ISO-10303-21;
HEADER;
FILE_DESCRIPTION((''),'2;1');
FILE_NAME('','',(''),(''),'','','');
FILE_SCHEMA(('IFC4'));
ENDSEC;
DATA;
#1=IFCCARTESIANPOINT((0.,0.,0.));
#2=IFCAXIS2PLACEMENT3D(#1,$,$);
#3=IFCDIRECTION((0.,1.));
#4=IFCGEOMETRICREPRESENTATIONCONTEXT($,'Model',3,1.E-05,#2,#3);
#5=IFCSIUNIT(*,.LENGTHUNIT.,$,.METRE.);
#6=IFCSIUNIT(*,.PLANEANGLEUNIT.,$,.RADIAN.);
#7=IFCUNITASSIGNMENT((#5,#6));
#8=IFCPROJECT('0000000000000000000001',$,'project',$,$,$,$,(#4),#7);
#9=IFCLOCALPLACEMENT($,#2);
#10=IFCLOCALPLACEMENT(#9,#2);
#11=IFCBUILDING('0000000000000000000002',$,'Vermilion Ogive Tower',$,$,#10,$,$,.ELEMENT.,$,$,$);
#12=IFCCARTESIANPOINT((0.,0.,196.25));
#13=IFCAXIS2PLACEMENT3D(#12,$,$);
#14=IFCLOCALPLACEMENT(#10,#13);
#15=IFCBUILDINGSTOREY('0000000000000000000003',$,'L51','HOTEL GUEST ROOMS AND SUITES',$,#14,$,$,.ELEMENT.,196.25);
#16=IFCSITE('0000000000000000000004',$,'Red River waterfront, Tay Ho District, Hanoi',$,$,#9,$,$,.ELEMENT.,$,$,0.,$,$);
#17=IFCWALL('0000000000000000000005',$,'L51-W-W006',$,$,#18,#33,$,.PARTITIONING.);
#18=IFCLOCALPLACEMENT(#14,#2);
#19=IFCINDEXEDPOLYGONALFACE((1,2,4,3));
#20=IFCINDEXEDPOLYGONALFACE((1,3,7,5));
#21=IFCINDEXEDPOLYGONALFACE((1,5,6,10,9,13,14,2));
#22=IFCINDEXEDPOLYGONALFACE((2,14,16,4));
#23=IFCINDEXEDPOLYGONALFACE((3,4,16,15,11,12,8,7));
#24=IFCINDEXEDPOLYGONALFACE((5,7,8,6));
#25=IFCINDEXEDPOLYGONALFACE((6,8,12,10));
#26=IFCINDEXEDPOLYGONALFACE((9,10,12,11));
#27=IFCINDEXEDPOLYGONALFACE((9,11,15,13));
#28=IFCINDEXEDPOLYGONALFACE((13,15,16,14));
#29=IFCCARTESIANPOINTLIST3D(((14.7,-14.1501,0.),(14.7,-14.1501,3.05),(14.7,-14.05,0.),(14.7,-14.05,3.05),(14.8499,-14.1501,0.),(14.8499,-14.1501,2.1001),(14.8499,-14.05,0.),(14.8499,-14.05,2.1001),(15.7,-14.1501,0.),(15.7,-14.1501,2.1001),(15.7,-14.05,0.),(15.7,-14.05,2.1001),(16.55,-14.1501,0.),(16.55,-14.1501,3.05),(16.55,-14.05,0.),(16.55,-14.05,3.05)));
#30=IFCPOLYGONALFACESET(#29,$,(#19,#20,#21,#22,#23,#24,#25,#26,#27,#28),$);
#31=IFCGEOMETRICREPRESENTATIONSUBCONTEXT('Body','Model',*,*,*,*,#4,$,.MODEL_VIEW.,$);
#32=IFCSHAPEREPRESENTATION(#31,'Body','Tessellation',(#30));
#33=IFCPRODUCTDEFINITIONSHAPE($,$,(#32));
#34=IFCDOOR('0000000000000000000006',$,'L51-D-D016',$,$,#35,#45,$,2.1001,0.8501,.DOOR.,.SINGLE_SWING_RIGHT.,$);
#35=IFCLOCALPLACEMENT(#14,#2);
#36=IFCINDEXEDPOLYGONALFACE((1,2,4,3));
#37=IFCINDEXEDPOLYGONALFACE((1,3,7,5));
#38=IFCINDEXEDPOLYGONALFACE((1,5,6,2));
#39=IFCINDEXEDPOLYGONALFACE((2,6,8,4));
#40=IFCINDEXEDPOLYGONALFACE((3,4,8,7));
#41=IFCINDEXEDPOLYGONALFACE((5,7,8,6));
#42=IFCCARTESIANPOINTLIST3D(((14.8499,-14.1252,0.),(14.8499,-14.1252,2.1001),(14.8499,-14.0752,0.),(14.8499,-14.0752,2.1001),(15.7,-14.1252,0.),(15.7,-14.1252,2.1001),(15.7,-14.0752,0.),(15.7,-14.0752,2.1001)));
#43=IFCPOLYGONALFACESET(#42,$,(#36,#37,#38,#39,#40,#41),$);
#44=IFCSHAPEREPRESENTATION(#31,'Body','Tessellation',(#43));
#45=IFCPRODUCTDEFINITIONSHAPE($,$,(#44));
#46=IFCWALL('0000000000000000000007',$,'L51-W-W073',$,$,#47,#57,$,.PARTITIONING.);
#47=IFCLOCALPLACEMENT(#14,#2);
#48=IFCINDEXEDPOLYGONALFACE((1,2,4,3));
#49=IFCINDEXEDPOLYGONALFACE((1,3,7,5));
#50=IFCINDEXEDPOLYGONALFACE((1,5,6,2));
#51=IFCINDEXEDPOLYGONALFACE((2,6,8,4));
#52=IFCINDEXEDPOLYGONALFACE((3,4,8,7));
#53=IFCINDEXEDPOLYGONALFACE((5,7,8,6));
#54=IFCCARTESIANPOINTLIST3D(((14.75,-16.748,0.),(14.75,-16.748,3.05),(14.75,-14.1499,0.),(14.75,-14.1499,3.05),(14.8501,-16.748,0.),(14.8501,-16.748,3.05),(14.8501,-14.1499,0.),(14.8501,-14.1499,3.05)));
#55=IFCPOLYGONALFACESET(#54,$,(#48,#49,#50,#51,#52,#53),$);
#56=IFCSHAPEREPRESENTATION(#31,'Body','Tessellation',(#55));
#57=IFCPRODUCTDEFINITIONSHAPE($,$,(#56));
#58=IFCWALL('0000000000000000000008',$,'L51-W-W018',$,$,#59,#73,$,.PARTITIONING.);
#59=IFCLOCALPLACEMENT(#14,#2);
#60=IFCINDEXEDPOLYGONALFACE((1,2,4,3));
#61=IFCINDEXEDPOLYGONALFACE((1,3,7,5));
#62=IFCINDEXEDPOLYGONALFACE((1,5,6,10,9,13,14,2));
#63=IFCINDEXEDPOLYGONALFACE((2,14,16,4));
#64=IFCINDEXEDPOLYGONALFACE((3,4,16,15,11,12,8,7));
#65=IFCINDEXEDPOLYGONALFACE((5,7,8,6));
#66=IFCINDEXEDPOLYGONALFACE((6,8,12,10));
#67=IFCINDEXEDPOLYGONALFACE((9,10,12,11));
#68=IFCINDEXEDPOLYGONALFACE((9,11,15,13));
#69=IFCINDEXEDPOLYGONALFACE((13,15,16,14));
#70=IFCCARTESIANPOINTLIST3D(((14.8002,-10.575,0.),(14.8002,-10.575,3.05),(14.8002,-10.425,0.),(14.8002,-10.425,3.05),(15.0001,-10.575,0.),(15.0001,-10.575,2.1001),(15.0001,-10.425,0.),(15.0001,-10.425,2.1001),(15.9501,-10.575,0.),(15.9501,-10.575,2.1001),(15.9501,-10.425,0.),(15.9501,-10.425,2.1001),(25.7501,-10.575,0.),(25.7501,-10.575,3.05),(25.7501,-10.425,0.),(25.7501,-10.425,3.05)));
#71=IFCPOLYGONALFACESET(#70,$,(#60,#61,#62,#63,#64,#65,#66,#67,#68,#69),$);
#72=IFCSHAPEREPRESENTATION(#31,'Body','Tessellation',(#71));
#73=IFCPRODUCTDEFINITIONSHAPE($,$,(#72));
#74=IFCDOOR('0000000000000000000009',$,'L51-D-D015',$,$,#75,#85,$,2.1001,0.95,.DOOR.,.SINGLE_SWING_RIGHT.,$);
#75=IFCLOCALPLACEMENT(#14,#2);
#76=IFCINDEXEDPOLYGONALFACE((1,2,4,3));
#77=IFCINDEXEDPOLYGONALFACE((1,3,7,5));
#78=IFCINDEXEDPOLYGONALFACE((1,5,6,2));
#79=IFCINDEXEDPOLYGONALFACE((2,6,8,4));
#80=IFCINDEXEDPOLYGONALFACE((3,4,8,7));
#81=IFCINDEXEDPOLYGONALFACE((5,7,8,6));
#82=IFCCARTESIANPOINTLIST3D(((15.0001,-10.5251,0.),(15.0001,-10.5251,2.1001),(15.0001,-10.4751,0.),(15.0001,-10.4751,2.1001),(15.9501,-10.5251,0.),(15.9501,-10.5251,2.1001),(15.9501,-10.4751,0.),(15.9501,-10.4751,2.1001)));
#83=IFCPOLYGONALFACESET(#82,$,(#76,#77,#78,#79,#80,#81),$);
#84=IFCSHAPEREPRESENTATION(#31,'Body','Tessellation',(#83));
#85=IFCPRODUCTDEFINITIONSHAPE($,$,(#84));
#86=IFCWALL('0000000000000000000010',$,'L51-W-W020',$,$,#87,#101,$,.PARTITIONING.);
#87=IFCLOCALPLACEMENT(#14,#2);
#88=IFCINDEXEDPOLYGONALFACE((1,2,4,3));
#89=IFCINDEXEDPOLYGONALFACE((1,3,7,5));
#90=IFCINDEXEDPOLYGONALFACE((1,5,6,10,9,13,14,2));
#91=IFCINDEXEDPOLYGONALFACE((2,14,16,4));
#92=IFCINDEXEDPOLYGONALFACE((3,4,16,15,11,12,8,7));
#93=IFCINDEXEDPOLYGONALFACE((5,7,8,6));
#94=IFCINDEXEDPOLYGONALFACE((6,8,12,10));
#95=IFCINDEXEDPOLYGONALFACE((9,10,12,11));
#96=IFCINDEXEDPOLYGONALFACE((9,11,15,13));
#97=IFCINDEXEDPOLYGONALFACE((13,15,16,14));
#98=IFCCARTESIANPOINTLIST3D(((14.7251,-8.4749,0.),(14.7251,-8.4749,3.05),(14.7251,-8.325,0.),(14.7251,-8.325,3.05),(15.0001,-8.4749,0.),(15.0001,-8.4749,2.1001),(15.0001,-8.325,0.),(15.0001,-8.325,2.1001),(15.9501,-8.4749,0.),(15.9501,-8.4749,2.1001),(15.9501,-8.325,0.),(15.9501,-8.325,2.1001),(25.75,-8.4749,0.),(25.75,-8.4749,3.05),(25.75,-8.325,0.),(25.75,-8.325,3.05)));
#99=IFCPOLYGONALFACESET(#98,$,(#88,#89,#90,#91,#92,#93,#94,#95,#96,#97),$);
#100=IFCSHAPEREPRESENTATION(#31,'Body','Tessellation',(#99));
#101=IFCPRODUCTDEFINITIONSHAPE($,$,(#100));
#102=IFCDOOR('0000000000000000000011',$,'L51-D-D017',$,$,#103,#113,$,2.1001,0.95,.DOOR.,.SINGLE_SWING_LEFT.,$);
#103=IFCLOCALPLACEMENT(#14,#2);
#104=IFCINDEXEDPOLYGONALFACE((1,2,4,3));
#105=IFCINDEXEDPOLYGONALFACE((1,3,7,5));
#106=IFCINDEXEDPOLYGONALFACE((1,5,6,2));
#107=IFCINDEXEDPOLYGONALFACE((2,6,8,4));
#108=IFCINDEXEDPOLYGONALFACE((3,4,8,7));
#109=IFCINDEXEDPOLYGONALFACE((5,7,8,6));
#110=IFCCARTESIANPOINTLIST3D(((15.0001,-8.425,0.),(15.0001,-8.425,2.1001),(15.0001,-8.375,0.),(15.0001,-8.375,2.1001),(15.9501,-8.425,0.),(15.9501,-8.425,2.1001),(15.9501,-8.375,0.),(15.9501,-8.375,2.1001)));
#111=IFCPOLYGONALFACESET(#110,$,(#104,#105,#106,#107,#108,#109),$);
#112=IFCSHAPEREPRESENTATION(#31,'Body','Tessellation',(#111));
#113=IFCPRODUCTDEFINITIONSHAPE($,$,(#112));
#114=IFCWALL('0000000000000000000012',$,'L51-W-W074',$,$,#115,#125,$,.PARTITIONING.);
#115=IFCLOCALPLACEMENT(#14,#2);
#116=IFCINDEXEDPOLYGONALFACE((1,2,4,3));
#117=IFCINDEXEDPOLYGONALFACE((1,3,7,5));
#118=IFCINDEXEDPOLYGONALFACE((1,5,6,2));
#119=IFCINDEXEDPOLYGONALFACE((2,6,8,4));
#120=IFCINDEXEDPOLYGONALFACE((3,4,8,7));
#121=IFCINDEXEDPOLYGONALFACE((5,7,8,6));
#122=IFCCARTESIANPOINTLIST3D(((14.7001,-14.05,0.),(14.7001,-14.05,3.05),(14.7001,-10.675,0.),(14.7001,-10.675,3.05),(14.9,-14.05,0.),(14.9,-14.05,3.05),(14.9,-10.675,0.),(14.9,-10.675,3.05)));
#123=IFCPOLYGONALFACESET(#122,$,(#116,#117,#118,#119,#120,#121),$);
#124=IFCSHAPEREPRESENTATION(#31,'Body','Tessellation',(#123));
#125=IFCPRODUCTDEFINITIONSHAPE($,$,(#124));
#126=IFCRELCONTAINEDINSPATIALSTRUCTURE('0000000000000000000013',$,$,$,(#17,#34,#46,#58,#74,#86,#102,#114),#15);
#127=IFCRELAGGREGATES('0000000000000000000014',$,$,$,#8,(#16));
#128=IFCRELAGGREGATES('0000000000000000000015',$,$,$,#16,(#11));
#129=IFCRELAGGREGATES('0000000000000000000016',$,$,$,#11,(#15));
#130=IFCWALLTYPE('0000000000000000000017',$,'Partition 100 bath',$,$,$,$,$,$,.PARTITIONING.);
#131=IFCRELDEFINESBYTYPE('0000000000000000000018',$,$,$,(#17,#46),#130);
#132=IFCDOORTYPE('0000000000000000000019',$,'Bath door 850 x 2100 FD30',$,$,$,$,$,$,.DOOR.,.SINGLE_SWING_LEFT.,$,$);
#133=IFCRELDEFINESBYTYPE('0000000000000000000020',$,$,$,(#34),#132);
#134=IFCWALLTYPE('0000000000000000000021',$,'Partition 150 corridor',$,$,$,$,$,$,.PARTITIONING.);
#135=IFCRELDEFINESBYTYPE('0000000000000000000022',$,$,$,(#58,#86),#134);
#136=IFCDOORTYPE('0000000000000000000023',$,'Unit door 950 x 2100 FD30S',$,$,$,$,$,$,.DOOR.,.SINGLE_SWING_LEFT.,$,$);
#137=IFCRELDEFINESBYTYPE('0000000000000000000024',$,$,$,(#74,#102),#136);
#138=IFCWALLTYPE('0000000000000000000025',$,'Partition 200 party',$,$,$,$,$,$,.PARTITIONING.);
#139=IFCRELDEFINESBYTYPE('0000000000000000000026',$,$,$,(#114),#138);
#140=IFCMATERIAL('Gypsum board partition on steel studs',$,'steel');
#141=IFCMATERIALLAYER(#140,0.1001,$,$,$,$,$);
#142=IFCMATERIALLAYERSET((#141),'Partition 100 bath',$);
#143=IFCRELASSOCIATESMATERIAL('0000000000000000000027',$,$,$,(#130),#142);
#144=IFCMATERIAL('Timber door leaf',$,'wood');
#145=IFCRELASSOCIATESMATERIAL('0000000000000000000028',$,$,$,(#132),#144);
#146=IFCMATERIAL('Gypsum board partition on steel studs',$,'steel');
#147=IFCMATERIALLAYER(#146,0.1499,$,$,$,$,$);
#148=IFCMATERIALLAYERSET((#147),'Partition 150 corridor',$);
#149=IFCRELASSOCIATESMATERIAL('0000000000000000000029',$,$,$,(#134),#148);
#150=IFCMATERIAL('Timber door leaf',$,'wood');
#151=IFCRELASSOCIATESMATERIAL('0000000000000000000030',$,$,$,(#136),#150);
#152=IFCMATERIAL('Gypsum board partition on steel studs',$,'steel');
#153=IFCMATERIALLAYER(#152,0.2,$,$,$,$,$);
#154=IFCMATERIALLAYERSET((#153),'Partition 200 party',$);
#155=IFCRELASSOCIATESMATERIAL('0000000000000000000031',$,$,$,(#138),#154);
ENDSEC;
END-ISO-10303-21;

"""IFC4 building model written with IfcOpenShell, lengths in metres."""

from ifc_helpers import new_model, si_unit, direction, frame, frame_2d, origin, place, context, subcontext, project, spatial, rectangle, extrude, material, layer, layer_set, type_object, element, fill, save


model = new_model("IFC4")

# Units and contexts
model_context = context("Model", 3, precision=1e-05, world=origin(), true_north=direction((0.0, 1.0)))
body_context = subcontext(model_context, "Body", "Model", "MODEL_VIEW")
ifc_project = project(units=[si_unit("LENGTHUNIT", "METRE"), si_unit("PLANEANGLEUNIT", "RADIAN")], contexts=[model_context])

# Site, building, storey
site_placement = place(None, origin())
site = spatial("IfcSite", under=ifc_project, at=site_placement, Name="Red River waterfront, Tay Ho District, Hanoi", CompositionType="ELEMENT", RefElevation=0.0)
building_placement = place(site_placement, origin())
building = spatial("IfcBuilding", under=site, at=building_placement, Name="Vermilion Ogive Tower", CompositionType="ELEMENT")
storey_placement = place(building_placement, frame((0.0, 0.0, 196.25)))
storey = spatial("IfcBuildingStorey", under=building, at=storey_placement, Name="L51", Description="HOTEL GUEST ROOMS AND SUITES", CompositionType="ELEMENT", Elevation=196.25)

# Shared definitions
ifc_material_1 = material(Name="Gypsum board partition on steel studs", Category="steel")
ifc_layer_1 = layer(ifc_material_1, 0.1001)
ifc_layer_set_1 = layer_set([ifc_layer_1], Name="Partition 100 bath")
wall_type_1 = type_object("IfcWallType", Name="Partition 100 bath", PredefinedType="PARTITIONING", material=ifc_layer_set_1)

# Wall, opening, door
wall_1_placement = place(storey_placement, frame((14.7, -14.1001, 0.0), z_axis=(0.0, 0.0, 1.0), x_axis=(1.0, 0.0, 0.0)))
wall_1 = element("IfcWall", 1, at=wall_1_placement, inside=storey, type_object=wall_type_1, Name="L51-W-W006", PredefinedType="PARTITIONING", context=body_context, shape_type="SweptSolid", body=[
    extrude(rectangle(XDim=1.8501, YDim=0.1001, at=frame_2d((0.925, 0.0))), origin(), (0.0, 0.0, 1.0), 3.05),
])
opening_1_placement = place(wall_1_placement, frame((0.1499, 0.0, 0.0)))
opening_1 = element("IfcOpeningElement", 2, at=opening_1_placement, cuts=wall_1, PredefinedType="OPENING", context=body_context, shape_type="SweptSolid", body=[
    extrude(rectangle(XDim=0.8501, YDim=2.1001, at=frame_2d((0.425, 1.05))), frame((0.0, 0.0601, 0.0), z_axis=(0.0, -1.0, 0.0), x_axis=(1.0, 0.0, 0.0)), (0.0, 0.0, 1.0), 0.1201),
])
ifc_material_2 = material(Name="Timber door leaf", Category="wood")
door_type_1 = type_object("IfcDoorType", Name="Bath door 850 x 2100 FD30", OperationType="SINGLE_SWING_LEFT", PredefinedType="DOOR", material=ifc_material_2)
door_1_placement = place(opening_1_placement, origin())
door_1 = element("IfcDoor", 3, at=door_1_placement, inside=storey, type_object=door_type_1, Name="L51-D-D016", OperationType="SINGLE_SWING_RIGHT", OverallHeight=2.1001, OverallWidth=0.8501, PredefinedType="DOOR", context=body_context, shape_type="SweptSolid", body=[
    extrude(rectangle(XDim=0.8501, YDim=2.1001, at=frame_2d((0.425, 1.05))), frame((0.0, 0.0249, 0.0), z_axis=(0.0, -1.0, 0.0), x_axis=(1.0, 0.0, 0.0)), (0.0, 0.0, 1.0), 0.05),
])
fill(opening_1, door_1)

# Wall
wall_2_placement = place(storey_placement, frame((14.8, -16.748, 0.0), z_axis=(0.0, 0.0, 1.0), x_axis=(0.0, 1.0, 0.0)))
element("IfcWall", 4, at=wall_2_placement, inside=storey, type_object=wall_type_1, Name="L51-W-W073", PredefinedType="PARTITIONING", context=body_context, shape_type="SweptSolid", body=[
    extrude(rectangle(XDim=2.5981, YDim=0.1001, at=frame_2d((1.2991, 0.0))), origin(), (0.0, 0.0, 1.0), 3.05),
])

# Walls, openings, doors
ifc_material_3 = material(Name="Gypsum board partition on steel studs", Category="steel")
ifc_layer_2 = layer(ifc_material_3, 0.1499)
ifc_layer_set_2 = layer_set([ifc_layer_2], Name="Partition 150 corridor")
wall_type_2 = type_object("IfcWallType", Name="Partition 150 corridor", PredefinedType="PARTITIONING", material=ifc_layer_set_2)
wall_3_placement = place(storey_placement, frame((14.8, -10.5, 0.0), z_axis=(0.0, 0.0, 1.0), x_axis=(1.0, 0.0, 0.0)))
wall_3 = element("IfcWall", 5, at=wall_3_placement, inside=storey, type_object=wall_type_2, Name="L51-W-W018", PredefinedType="PARTITIONING", context=body_context, shape_type="SweptSolid", body=[
    extrude(rectangle(XDim=10.95, YDim=0.1499, at=frame_2d((5.4751, 0.0))), origin(), (0.0, 0.0, 1.0), 3.05),
])
opening_2_placement = place(wall_3_placement, frame((0.2, 0.0, 0.0)))
opening_2 = element("IfcOpeningElement", 6, at=opening_2_placement, cuts=wall_3, PredefinedType="OPENING", context=body_context, shape_type="SweptSolid", body=[
    extrude(rectangle(XDim=0.95, YDim=2.1001, at=frame_2d((0.4751, 1.05))), frame((0.0, 0.085, 0.0), z_axis=(0.0, -1.0, 0.0), x_axis=(1.0, 0.0, 0.0)), (0.0, 0.0, 1.0), 0.1699),
])
ifc_material_4 = material(Name="Timber door leaf", Category="wood")
door_type_2 = type_object("IfcDoorType", Name="Unit door 950 x 2100 FD30S", OperationType="SINGLE_SWING_LEFT", PredefinedType="DOOR", material=ifc_material_4)
door_2_placement = place(opening_2_placement, origin())
door_2 = element("IfcDoor", 7, at=door_2_placement, inside=storey, type_object=door_type_2, Name="L51-D-D015", OperationType="SINGLE_SWING_RIGHT", OverallHeight=2.1001, OverallWidth=0.95, PredefinedType="DOOR", context=body_context, shape_type="SweptSolid", body=[
    extrude(rectangle(XDim=0.95, YDim=2.1001, at=frame_2d((0.4751, 1.05))), frame((0.0, 0.0249, 0.0), z_axis=(0.0, -1.0, 0.0), x_axis=(1.0, 0.0, 0.0)), (0.0, 0.0, 1.0), 0.05),
])
fill(opening_2, door_2)
wall_4_placement = place(storey_placement, frame((14.7251, -8.3999, 0.0), z_axis=(0.0, 0.0, 1.0), x_axis=(1.0, 0.0, 0.0)))
wall_4 = element("IfcWall", 8, at=wall_4_placement, inside=storey, type_object=wall_type_2, Name="L51-W-W020", PredefinedType="PARTITIONING", context=body_context, shape_type="SweptSolid", body=[
    extrude(rectangle(XDim=11.0249, YDim=0.1499, at=frame_2d((5.5125, 0.0))), origin(), (0.0, 0.0, 1.0), 3.05),
])
opening_3_placement = place(wall_4_placement, frame((0.2749, 0.0, 0.0)))
opening_3 = element("IfcOpeningElement", 9, at=opening_3_placement, cuts=wall_4, PredefinedType="OPENING", context=body_context, shape_type="SweptSolid", body=[
    extrude(rectangle(XDim=0.95, YDim=2.1001, at=frame_2d((0.4751, 1.05))), frame((0.0, 0.085, 0.0), z_axis=(0.0, -1.0, 0.0), x_axis=(1.0, 0.0, 0.0)), (0.0, 0.0, 1.0), 0.1699),
])
door_3_placement = place(opening_3_placement, origin())
door_3 = element("IfcDoor", 10, at=door_3_placement, inside=storey, type_object=door_type_2, Name="L51-D-D017", OperationType="SINGLE_SWING_LEFT", OverallHeight=2.1001, OverallWidth=0.95, PredefinedType="DOOR", context=body_context, shape_type="SweptSolid", body=[
    extrude(rectangle(XDim=0.95, YDim=2.1001, at=frame_2d((0.4751, 1.05))), frame((0.0, 0.0249, 0.0), z_axis=(0.0, -1.0, 0.0), x_axis=(1.0, 0.0, 0.0)), (0.0, 0.0, 1.0), 0.05),
])
fill(opening_3, door_3)

# Wall
ifc_material_5 = material(Name="Gypsum board partition on steel studs", Category="steel")
ifc_layer_3 = layer(ifc_material_5, 0.2)
ifc_layer_set_3 = layer_set([ifc_layer_3], Name="Partition 200 party")
wall_type_3 = type_object("IfcWallType", Name="Partition 200 party", PredefinedType="PARTITIONING", material=ifc_layer_set_3)
wall_5_placement = place(storey_placement, frame((14.8, -14.05, 0.0), z_axis=(0.0, 0.0, 1.0), x_axis=(0.0, 1.0, 0.0)))
element("IfcWall", 11, at=wall_5_placement, inside=storey, type_object=wall_type_3, Name="L51-W-W074", PredefinedType="PARTITIONING", context=body_context, shape_type="SweptSolid", body=[
    extrude(rectangle(XDim=3.375, YDim=0.2, at=frame_2d((1.6875, 0.0))), origin(), (0.0, 0.0, 1.0), 3.05),
])

save(model, "model.ifc")
